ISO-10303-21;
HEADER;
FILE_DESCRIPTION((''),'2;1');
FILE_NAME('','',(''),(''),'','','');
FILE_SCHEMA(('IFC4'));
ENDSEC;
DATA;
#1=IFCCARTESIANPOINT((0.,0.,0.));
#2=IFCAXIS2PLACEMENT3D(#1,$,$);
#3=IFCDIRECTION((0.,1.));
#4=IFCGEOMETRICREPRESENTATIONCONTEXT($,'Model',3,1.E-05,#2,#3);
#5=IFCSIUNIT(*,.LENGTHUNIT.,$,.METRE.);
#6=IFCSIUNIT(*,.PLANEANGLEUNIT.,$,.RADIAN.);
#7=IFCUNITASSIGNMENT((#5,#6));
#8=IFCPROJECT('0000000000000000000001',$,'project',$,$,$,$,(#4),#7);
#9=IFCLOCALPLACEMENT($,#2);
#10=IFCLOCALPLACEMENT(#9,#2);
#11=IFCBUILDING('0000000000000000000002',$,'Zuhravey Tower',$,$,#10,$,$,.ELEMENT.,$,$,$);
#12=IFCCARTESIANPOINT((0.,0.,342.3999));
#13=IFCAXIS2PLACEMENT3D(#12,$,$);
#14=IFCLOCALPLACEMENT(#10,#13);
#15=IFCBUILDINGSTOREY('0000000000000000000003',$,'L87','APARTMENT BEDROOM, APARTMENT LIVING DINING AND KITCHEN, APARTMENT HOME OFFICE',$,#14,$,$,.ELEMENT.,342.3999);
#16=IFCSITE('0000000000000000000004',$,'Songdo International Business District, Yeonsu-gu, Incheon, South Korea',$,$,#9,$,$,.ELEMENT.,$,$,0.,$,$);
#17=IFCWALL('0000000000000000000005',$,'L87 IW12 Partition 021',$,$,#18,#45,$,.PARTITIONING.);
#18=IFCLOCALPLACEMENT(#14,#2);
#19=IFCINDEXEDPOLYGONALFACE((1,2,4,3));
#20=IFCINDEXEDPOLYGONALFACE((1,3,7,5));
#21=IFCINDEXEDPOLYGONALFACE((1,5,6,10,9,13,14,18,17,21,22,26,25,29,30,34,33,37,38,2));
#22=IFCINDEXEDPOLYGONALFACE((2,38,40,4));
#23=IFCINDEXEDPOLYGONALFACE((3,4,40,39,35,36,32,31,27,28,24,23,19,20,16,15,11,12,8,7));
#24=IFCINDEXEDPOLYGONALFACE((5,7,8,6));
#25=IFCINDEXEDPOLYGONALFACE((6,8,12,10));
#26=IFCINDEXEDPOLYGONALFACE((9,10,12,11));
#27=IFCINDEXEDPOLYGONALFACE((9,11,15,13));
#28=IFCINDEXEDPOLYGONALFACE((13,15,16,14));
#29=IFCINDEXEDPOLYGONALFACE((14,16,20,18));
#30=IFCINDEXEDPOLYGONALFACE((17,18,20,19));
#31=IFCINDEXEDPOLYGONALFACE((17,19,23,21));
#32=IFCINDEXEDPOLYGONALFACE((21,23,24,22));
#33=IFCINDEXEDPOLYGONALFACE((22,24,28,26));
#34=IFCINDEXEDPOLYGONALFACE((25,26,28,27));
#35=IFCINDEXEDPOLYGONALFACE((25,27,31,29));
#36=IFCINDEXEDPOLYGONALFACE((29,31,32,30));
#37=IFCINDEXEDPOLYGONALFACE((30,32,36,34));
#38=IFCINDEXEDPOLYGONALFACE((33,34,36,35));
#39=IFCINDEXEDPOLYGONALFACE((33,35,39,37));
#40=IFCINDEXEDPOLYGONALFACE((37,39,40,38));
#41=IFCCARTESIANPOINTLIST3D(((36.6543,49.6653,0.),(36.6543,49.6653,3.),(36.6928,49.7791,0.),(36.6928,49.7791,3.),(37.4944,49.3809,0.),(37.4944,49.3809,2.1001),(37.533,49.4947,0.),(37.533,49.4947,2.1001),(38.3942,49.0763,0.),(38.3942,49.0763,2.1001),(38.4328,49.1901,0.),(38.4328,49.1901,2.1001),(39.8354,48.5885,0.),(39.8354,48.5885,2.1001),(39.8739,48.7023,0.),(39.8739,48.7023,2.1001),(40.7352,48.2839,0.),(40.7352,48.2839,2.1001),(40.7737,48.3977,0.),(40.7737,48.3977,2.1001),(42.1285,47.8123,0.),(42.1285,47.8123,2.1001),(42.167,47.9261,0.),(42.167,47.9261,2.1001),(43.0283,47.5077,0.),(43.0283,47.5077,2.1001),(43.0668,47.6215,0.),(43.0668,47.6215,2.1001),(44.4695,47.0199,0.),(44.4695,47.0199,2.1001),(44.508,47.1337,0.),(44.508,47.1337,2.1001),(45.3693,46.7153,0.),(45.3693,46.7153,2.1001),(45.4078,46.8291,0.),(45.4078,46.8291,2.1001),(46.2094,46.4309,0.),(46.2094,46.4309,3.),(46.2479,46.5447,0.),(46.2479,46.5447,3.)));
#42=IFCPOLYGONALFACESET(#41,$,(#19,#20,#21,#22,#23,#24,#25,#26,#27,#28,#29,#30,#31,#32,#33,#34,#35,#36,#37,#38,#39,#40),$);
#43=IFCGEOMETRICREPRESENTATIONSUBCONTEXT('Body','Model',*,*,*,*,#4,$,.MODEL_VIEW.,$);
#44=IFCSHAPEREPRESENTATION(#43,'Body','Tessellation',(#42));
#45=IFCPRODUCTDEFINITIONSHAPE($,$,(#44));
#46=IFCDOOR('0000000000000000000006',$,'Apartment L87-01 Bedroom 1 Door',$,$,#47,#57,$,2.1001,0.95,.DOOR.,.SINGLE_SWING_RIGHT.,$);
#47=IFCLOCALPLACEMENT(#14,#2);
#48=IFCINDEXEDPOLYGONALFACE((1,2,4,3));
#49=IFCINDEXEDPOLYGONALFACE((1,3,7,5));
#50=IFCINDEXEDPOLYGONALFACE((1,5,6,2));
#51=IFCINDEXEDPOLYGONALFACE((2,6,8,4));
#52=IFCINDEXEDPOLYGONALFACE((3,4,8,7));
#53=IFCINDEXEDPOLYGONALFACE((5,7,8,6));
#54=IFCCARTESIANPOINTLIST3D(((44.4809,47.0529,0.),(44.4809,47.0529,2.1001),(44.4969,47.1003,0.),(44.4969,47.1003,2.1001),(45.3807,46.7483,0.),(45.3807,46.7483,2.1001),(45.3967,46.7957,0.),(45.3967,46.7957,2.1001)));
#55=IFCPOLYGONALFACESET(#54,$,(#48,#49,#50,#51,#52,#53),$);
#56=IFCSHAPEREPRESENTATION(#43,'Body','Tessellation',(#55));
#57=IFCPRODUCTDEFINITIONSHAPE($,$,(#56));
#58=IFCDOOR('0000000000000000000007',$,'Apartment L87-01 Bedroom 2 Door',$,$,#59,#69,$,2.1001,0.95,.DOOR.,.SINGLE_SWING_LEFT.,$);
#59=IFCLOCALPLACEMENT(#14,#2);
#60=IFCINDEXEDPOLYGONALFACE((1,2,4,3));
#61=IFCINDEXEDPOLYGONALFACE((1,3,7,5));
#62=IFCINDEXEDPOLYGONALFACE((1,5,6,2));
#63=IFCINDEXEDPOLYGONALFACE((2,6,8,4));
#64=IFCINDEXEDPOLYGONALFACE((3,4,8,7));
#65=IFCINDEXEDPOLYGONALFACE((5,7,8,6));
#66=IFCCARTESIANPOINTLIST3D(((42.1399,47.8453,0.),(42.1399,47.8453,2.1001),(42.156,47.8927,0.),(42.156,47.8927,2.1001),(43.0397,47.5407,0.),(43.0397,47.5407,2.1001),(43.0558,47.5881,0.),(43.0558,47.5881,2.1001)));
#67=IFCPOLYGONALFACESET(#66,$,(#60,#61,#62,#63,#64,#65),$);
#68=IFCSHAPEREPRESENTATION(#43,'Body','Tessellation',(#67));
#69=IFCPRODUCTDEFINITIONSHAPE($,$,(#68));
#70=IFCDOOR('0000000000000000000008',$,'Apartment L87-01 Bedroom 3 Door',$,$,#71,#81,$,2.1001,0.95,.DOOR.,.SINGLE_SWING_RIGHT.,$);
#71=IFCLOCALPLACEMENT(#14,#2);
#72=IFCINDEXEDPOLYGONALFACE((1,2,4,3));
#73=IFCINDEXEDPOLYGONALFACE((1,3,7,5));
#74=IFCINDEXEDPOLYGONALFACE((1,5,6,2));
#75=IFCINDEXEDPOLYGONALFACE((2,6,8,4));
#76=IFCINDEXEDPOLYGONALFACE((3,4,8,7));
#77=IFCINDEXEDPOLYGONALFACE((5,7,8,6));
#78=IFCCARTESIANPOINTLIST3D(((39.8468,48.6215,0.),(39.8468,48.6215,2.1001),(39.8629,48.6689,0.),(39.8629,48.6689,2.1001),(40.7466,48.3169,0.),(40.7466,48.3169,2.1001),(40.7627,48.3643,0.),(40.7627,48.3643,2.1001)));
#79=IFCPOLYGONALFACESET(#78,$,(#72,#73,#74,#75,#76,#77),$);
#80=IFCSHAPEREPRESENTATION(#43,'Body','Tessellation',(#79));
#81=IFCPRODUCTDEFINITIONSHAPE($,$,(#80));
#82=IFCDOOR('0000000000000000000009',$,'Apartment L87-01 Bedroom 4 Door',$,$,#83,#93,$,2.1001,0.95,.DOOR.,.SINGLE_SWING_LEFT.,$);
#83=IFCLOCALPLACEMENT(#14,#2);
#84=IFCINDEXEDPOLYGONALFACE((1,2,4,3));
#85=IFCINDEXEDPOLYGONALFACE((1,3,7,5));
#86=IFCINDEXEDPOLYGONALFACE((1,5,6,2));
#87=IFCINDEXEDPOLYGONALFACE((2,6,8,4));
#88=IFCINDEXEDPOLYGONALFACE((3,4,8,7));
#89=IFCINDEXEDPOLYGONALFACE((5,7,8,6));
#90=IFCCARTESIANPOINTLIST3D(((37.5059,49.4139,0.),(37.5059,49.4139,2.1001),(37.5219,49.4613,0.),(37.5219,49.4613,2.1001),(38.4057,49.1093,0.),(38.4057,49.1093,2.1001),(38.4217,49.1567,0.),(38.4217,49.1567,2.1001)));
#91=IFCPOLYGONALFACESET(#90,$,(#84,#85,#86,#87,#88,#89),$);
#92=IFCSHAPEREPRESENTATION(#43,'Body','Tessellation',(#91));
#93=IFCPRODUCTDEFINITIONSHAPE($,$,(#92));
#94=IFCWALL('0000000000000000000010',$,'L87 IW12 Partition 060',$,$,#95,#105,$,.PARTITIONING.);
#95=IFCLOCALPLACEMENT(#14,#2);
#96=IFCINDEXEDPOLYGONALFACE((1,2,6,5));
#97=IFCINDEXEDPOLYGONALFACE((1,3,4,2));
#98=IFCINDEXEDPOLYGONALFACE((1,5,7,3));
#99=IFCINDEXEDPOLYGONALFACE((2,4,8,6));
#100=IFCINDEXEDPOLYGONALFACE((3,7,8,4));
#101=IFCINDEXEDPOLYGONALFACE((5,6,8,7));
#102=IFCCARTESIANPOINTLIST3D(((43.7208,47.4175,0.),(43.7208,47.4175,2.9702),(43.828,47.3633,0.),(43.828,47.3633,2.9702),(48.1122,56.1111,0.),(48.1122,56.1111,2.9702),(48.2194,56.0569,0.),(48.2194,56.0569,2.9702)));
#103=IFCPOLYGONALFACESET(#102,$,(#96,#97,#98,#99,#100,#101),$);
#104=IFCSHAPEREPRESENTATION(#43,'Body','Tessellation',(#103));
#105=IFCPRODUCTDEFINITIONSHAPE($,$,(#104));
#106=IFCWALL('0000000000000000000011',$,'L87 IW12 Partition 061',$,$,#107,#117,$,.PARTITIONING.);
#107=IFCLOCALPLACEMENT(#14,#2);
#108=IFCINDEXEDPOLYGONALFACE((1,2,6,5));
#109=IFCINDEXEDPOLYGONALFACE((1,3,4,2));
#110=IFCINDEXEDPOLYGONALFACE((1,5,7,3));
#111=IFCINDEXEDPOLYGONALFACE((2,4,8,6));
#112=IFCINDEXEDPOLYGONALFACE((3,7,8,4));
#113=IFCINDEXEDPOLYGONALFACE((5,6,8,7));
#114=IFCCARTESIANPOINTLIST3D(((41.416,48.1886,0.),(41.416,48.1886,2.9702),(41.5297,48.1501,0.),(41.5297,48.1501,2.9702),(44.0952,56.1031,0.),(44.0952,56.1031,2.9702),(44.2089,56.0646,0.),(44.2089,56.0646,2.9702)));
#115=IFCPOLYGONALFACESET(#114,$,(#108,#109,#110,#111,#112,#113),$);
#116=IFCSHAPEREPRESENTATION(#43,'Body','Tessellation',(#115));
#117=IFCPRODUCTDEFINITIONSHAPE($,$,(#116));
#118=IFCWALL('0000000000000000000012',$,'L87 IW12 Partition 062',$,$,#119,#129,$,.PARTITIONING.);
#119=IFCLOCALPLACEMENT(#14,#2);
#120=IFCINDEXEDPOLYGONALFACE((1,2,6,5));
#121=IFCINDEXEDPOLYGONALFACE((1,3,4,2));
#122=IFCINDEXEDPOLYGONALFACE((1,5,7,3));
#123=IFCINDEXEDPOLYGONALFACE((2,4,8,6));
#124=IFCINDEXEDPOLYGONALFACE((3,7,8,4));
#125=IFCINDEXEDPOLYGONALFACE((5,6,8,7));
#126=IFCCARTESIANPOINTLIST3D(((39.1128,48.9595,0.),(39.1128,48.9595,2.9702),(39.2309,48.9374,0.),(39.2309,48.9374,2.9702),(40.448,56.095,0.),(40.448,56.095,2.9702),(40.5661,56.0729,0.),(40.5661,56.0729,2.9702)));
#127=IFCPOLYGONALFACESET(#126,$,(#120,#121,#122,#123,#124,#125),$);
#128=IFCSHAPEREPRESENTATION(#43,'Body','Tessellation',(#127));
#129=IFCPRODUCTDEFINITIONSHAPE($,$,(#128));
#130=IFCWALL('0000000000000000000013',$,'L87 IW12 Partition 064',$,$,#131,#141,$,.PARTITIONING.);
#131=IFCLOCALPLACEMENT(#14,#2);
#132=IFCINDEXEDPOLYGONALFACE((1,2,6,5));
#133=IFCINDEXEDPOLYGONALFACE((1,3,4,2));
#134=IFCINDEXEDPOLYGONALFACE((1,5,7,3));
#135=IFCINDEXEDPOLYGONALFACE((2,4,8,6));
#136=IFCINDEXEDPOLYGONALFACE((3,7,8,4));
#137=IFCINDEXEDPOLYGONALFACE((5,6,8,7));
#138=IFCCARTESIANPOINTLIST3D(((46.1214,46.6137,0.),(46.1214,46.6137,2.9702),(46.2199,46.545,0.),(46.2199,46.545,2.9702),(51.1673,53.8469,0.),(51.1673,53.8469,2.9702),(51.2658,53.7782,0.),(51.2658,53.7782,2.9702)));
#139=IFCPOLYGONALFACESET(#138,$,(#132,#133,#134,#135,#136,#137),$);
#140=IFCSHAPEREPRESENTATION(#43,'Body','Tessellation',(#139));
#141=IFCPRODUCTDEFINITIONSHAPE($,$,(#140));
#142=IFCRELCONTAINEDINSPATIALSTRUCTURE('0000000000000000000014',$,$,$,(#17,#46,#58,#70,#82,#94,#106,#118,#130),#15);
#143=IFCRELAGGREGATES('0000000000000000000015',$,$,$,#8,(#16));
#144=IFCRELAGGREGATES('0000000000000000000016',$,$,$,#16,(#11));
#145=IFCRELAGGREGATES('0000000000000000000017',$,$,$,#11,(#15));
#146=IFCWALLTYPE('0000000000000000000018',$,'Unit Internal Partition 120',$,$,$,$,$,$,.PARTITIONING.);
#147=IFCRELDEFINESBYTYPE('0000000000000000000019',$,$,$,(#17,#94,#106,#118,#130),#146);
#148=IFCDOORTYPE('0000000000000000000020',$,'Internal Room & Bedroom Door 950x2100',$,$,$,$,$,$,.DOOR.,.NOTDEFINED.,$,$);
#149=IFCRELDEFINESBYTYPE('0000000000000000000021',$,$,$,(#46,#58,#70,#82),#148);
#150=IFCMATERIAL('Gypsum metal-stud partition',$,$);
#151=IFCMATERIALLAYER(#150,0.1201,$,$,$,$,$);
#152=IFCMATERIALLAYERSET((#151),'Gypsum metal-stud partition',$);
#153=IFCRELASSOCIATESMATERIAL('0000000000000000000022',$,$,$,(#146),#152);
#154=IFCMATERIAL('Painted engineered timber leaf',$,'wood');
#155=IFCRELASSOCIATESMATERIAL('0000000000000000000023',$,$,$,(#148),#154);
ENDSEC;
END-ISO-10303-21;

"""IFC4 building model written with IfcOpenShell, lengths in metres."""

from ifc_helpers import new_model, si_unit, direction, frame, frame_2d, origin, place, context, subcontext, project, spatial, rectangle, extrude, material, layer, layer_set, type_object, element, fill, save


model = new_model("IFC4")

# Units and contexts
model_context = context("Model", 3, precision=1e-05, world=origin(), true_north=direction((0.0, 1.0)))
body_context = subcontext(model_context, "Body", "Model", "MODEL_VIEW")
ifc_project = project(units=[si_unit("LENGTHUNIT", "METRE"), si_unit("PLANEANGLEUNIT", "RADIAN")], contexts=[model_context])

# Site, building, storey
site_placement = place(None, origin())
site = spatial("IfcSite", under=ifc_project, at=site_placement, Name="Songdo International Business District, Yeonsu-gu, Incheon, South Korea", CompositionType="ELEMENT", RefElevation=0.0)
building_placement = place(site_placement, origin())
building = spatial("IfcBuilding", under=site, at=building_placement, Name="Zuhravey Tower", CompositionType="ELEMENT")
storey_placement = place(building_placement, frame((0.0, 0.0, 342.3999)))
storey = spatial("IfcBuildingStorey", under=building, at=storey_placement, Name="L87", Description="APARTMENT BEDROOM, APARTMENT LIVING DINING AND KITCHEN, APARTMENT HOME OFFICE", CompositionType="ELEMENT", Elevation=342.3999)

# Wall, openings, doors
ifc_material_1 = material(Name="Gypsum metal-stud partition")
ifc_layer_1 = layer(ifc_material_1, 0.1201)
ifc_layer_set_1 = layer_set([ifc_layer_1], Name="Gypsum metal-stud partition")
wall_type_1 = type_object("IfcWallType", Name="Unit Internal Partition 120", PredefinedType="PARTITIONING", material=ifc_layer_set_1)
ifc_material_2 = material(Name="Painted engineered timber leaf", Category="wood")
door_type_1 = type_object("IfcDoorType", Name="Internal Room & Bedroom Door 950x2100", OperationType="NOTDEFINED", PredefinedType="DOOR", material=ifc_material_2)
wall_1_placement = place(storey_placement, frame((46.2288, 46.4878, 0.0), z_axis=(0.0, 0.0, 1.0), x_axis=(-0.947206, 0.320624, 0.0)))
wall_1 = element("IfcWall", 1, at=wall_1_placement, inside=storey, type_object=wall_type_1, Name="L87 IW12 Partition 021", PredefinedType="PARTITIONING", context=body_context, shape_type="SweptSolid", body=[
    extrude(rectangle(XDim=10.0876, YDim=0.1201, at=frame_2d((5.0439, 0.0))), origin(), (0.0, 0.0, 1.0), 3.0),
])
opening_1_placement = place(wall_1_placement, frame((0.887, 0.0, 0.0)))
opening_1 = element("IfcOpeningElement", 2, at=opening_1_placement, cuts=wall_1, PredefinedType="OPENING", context=body_context, shape_type="SweptSolid", body=[
    extrude(rectangle(XDim=0.95, YDim=2.1001, at=frame_2d((0.4751, 1.05))), frame((0.0, 0.072, 0.0), z_axis=(0.0, -1.0, 0.0), x_axis=(1.0, 0.0, 0.0)), (0.0, 0.0, 1.0), 0.144),
])
opening_2_placement = place(wall_1_placement, frame((3.3584, 0.0, 0.0)))
opening_2 = element("IfcOpeningElement", 3, at=opening_2_placement, cuts=wall_1, PredefinedType="OPENING", context=body_context, shape_type="SweptSolid", body=[
    extrude(rectangle(XDim=0.95, YDim=2.1001, at=frame_2d((0.4751, 1.05))), frame((0.0, 0.072, 0.0), z_axis=(0.0, -1.0, 0.0), x_axis=(1.0, 0.0, 0.0)), (0.0, 0.0, 1.0), 0.144),
])
opening_3_placement = place(wall_1_placement, frame((5.7793, 0.0, 0.0)))
opening_3 = element("IfcOpeningElement", 4, at=opening_3_placement, cuts=wall_1, PredefinedType="OPENING", context=body_context, shape_type="SweptSolid", body=[
    extrude(rectangle(XDim=0.95, YDim=2.1001, at=frame_2d((0.4751, 1.05))), frame((0.0, 0.072, 0.0), z_axis=(0.0, -1.0, 0.0), x_axis=(1.0, 0.0, 0.0)), (0.0, 0.0, 1.0), 0.144),
])
opening_4_placement = place(wall_1_placement, frame((8.2507, 0.0, 0.0)))
opening_4 = element("IfcOpeningElement", 5, at=opening_4_placement, cuts=wall_1, PredefinedType="OPENING", context=body_context, shape_type="SweptSolid", body=[
    extrude(rectangle(XDim=0.95, YDim=2.1001, at=frame_2d((0.4751, 1.05))), frame((0.0, 0.072, 0.0), z_axis=(0.0, -1.0, 0.0), x_axis=(1.0, 0.0, 0.0)), (0.0, 0.0, 1.0), 0.144),
])
door_1_placement = place(opening_1_placement, frame((0.95, 0.0, 0.0), z_axis=(0.0, 0.0, 1.0), x_axis=(-1.0, 0.0, 0.0)))
door_1 = element("IfcDoor", 6, at=door_1_placement, inside=storey, type_object=door_type_1, Name="Apartment L87-01 Bedroom 1 Door", OperationType="SINGLE_SWING_RIGHT", OverallHeight=2.1001, OverallWidth=0.95, PredefinedType="DOOR", context=body_context, shape_type="SweptSolid", body=[
    extrude(rectangle(XDim=0.95, YDim=2.1001, at=frame_2d((0.4751, 1.05))), frame((0.0, 0.0249, 0.0), z_axis=(0.0, -1.0, 0.0), x_axis=(1.0, 0.0, 0.0)), (0.0, 0.0, 1.0), 0.05),
])
fill(opening_1, door_1)
door_2_placement = place(opening_2_placement, frame((0.95, 0.0, 0.0), z_axis=(0.0, 0.0, 1.0), x_axis=(-1.0, 0.0, 0.0)))
door_2 = element("IfcDoor", 7, at=door_2_placement, inside=storey, type_object=door_type_1, Name="Apartment L87-01 Bedroom 2 Door", OperationType="SINGLE_SWING_LEFT", OverallHeight=2.1001, OverallWidth=0.95, PredefinedType="DOOR", context=body_context, shape_type="SweptSolid", body=[
    extrude(rectangle(XDim=0.95, YDim=2.1001, at=frame_2d((0.4751, 1.05))), frame((0.0, 0.0249, 0.0), z_axis=(0.0, -1.0, 0.0), x_axis=(1.0, 0.0, 0.0)), (0.0, 0.0, 1.0), 0.05),
])
fill(opening_2, door_2)
door_3_placement = place(opening_3_placement, frame((0.95, 0.0, 0.0), z_axis=(0.0, 0.0, 1.0), x_axis=(-1.0, 0.0, 0.0)))
door_3 = element("IfcDoor", 8, at=door_3_placement, inside=storey, type_object=door_type_1, Name="Apartment L87-01 Bedroom 3 Door", OperationType="SINGLE_SWING_RIGHT", OverallHeight=2.1001, OverallWidth=0.95, PredefinedType="DOOR", context=body_context, shape_type="SweptSolid", body=[
    extrude(rectangle(XDim=0.95, YDim=2.1001, at=frame_2d((0.4751, 1.05))), frame((0.0, 0.0249, 0.0), z_axis=(0.0, -1.0, 0.0), x_axis=(1.0, 0.0, 0.0)), (0.0, 0.0, 1.0), 0.05),
])
fill(opening_3, door_3)
door_4_placement = place(opening_4_placement, frame((0.95, 0.0, 0.0), z_axis=(0.0, 0.0, 1.0), x_axis=(-1.0, 0.0, 0.0)))
door_4 = element("IfcDoor", 9, at=door_4_placement, inside=storey, type_object=door_type_1, Name="Apartment L87-01 Bedroom 4 Door", OperationType="SINGLE_SWING_LEFT", OverallHeight=2.1001, OverallWidth=0.95, PredefinedType="DOOR", context=body_context, shape_type="SweptSolid", body=[
    extrude(rectangle(XDim=0.95, YDim=2.1001, at=frame_2d((0.4751, 1.05))), frame((0.0, 0.0249, 0.0), z_axis=(0.0, -1.0, 0.0), x_axis=(1.0, 0.0, 0.0)), (0.0, 0.0, 1.0), 0.05),
])
fill(opening_4, door_4)

# Walls
wall_2_placement = place(storey_placement, frame((43.7744, 47.3904, 0.0), z_axis=(0.0, 0.0, 1.0), x_axis=(0.45087, 0.89259, 0.0)))
element("IfcWall", 10, at=wall_2_placement, inside=storey, type_object=wall_type_1, Name="L87 IW12 Partition 060", PredefinedType="PARTITIONING", context=body_context, shape_type="SweptSolid", body=[
    extrude(rectangle(XDim=9.7397, YDim=0.1201, at=frame_2d((4.8699, 0.0))), origin(), (0.0, 0.0, 1.0), 2.9702),
])
wall_3_placement = place(storey_placement, frame((41.4729, 48.1694, 0.0), z_axis=(0.0, 0.0, 1.0), x_axis=(0.320642, 0.9472, 0.0)))
element("IfcWall", 11, at=wall_3_placement, inside=storey, type_object=wall_type_1, Name="L87 IW12 Partition 061", PredefinedType="PARTITIONING", context=body_context, shape_type="SweptSolid", body=[
    extrude(rectangle(XDim=8.3557, YDim=0.1201, at=frame_2d((4.1777, 0.0))), origin(), (0.0, 0.0, 1.0), 2.9702),
])
wall_4_placement = place(storey_placement, frame((39.1719, 48.9485, 0.0), z_axis=(0.0, 0.0, 1.0), x_axis=(0.183929, 0.98294, 0.0)))
element("IfcWall", 12, at=wall_4_placement, inside=storey, type_object=wall_type_1, Name="L87 IW12 Partition 062", PredefinedType="PARTITIONING", context=body_context, shape_type="SweptSolid", body=[
    extrude(rectangle(XDim=7.2593, YDim=0.1201, at=frame_2d((3.6296, 0.0))), origin(), (0.0, 0.0, 1.0), 2.9702),
])
wall_5_placement = place(storey_placement, frame((46.1707, 46.5793, 0.0), z_axis=(0.0, 0.0, 1.0), x_axis=(0.572144, 0.820153, 0.0)))
element("IfcWall", 13, at=wall_5_placement, inside=storey, type_object=wall_type_1, Name="L87 IW12 Partition 064", PredefinedType="PARTITIONING", context=body_context, shape_type="SweptSolid", body=[
    extrude(rectangle(XDim=8.8193, YDim=0.1201, at=frame_2d((4.4097, 0.0))), origin(), (0.0, 0.0, 1.0), 2.9702),
])

save(model, "model.ifc")
